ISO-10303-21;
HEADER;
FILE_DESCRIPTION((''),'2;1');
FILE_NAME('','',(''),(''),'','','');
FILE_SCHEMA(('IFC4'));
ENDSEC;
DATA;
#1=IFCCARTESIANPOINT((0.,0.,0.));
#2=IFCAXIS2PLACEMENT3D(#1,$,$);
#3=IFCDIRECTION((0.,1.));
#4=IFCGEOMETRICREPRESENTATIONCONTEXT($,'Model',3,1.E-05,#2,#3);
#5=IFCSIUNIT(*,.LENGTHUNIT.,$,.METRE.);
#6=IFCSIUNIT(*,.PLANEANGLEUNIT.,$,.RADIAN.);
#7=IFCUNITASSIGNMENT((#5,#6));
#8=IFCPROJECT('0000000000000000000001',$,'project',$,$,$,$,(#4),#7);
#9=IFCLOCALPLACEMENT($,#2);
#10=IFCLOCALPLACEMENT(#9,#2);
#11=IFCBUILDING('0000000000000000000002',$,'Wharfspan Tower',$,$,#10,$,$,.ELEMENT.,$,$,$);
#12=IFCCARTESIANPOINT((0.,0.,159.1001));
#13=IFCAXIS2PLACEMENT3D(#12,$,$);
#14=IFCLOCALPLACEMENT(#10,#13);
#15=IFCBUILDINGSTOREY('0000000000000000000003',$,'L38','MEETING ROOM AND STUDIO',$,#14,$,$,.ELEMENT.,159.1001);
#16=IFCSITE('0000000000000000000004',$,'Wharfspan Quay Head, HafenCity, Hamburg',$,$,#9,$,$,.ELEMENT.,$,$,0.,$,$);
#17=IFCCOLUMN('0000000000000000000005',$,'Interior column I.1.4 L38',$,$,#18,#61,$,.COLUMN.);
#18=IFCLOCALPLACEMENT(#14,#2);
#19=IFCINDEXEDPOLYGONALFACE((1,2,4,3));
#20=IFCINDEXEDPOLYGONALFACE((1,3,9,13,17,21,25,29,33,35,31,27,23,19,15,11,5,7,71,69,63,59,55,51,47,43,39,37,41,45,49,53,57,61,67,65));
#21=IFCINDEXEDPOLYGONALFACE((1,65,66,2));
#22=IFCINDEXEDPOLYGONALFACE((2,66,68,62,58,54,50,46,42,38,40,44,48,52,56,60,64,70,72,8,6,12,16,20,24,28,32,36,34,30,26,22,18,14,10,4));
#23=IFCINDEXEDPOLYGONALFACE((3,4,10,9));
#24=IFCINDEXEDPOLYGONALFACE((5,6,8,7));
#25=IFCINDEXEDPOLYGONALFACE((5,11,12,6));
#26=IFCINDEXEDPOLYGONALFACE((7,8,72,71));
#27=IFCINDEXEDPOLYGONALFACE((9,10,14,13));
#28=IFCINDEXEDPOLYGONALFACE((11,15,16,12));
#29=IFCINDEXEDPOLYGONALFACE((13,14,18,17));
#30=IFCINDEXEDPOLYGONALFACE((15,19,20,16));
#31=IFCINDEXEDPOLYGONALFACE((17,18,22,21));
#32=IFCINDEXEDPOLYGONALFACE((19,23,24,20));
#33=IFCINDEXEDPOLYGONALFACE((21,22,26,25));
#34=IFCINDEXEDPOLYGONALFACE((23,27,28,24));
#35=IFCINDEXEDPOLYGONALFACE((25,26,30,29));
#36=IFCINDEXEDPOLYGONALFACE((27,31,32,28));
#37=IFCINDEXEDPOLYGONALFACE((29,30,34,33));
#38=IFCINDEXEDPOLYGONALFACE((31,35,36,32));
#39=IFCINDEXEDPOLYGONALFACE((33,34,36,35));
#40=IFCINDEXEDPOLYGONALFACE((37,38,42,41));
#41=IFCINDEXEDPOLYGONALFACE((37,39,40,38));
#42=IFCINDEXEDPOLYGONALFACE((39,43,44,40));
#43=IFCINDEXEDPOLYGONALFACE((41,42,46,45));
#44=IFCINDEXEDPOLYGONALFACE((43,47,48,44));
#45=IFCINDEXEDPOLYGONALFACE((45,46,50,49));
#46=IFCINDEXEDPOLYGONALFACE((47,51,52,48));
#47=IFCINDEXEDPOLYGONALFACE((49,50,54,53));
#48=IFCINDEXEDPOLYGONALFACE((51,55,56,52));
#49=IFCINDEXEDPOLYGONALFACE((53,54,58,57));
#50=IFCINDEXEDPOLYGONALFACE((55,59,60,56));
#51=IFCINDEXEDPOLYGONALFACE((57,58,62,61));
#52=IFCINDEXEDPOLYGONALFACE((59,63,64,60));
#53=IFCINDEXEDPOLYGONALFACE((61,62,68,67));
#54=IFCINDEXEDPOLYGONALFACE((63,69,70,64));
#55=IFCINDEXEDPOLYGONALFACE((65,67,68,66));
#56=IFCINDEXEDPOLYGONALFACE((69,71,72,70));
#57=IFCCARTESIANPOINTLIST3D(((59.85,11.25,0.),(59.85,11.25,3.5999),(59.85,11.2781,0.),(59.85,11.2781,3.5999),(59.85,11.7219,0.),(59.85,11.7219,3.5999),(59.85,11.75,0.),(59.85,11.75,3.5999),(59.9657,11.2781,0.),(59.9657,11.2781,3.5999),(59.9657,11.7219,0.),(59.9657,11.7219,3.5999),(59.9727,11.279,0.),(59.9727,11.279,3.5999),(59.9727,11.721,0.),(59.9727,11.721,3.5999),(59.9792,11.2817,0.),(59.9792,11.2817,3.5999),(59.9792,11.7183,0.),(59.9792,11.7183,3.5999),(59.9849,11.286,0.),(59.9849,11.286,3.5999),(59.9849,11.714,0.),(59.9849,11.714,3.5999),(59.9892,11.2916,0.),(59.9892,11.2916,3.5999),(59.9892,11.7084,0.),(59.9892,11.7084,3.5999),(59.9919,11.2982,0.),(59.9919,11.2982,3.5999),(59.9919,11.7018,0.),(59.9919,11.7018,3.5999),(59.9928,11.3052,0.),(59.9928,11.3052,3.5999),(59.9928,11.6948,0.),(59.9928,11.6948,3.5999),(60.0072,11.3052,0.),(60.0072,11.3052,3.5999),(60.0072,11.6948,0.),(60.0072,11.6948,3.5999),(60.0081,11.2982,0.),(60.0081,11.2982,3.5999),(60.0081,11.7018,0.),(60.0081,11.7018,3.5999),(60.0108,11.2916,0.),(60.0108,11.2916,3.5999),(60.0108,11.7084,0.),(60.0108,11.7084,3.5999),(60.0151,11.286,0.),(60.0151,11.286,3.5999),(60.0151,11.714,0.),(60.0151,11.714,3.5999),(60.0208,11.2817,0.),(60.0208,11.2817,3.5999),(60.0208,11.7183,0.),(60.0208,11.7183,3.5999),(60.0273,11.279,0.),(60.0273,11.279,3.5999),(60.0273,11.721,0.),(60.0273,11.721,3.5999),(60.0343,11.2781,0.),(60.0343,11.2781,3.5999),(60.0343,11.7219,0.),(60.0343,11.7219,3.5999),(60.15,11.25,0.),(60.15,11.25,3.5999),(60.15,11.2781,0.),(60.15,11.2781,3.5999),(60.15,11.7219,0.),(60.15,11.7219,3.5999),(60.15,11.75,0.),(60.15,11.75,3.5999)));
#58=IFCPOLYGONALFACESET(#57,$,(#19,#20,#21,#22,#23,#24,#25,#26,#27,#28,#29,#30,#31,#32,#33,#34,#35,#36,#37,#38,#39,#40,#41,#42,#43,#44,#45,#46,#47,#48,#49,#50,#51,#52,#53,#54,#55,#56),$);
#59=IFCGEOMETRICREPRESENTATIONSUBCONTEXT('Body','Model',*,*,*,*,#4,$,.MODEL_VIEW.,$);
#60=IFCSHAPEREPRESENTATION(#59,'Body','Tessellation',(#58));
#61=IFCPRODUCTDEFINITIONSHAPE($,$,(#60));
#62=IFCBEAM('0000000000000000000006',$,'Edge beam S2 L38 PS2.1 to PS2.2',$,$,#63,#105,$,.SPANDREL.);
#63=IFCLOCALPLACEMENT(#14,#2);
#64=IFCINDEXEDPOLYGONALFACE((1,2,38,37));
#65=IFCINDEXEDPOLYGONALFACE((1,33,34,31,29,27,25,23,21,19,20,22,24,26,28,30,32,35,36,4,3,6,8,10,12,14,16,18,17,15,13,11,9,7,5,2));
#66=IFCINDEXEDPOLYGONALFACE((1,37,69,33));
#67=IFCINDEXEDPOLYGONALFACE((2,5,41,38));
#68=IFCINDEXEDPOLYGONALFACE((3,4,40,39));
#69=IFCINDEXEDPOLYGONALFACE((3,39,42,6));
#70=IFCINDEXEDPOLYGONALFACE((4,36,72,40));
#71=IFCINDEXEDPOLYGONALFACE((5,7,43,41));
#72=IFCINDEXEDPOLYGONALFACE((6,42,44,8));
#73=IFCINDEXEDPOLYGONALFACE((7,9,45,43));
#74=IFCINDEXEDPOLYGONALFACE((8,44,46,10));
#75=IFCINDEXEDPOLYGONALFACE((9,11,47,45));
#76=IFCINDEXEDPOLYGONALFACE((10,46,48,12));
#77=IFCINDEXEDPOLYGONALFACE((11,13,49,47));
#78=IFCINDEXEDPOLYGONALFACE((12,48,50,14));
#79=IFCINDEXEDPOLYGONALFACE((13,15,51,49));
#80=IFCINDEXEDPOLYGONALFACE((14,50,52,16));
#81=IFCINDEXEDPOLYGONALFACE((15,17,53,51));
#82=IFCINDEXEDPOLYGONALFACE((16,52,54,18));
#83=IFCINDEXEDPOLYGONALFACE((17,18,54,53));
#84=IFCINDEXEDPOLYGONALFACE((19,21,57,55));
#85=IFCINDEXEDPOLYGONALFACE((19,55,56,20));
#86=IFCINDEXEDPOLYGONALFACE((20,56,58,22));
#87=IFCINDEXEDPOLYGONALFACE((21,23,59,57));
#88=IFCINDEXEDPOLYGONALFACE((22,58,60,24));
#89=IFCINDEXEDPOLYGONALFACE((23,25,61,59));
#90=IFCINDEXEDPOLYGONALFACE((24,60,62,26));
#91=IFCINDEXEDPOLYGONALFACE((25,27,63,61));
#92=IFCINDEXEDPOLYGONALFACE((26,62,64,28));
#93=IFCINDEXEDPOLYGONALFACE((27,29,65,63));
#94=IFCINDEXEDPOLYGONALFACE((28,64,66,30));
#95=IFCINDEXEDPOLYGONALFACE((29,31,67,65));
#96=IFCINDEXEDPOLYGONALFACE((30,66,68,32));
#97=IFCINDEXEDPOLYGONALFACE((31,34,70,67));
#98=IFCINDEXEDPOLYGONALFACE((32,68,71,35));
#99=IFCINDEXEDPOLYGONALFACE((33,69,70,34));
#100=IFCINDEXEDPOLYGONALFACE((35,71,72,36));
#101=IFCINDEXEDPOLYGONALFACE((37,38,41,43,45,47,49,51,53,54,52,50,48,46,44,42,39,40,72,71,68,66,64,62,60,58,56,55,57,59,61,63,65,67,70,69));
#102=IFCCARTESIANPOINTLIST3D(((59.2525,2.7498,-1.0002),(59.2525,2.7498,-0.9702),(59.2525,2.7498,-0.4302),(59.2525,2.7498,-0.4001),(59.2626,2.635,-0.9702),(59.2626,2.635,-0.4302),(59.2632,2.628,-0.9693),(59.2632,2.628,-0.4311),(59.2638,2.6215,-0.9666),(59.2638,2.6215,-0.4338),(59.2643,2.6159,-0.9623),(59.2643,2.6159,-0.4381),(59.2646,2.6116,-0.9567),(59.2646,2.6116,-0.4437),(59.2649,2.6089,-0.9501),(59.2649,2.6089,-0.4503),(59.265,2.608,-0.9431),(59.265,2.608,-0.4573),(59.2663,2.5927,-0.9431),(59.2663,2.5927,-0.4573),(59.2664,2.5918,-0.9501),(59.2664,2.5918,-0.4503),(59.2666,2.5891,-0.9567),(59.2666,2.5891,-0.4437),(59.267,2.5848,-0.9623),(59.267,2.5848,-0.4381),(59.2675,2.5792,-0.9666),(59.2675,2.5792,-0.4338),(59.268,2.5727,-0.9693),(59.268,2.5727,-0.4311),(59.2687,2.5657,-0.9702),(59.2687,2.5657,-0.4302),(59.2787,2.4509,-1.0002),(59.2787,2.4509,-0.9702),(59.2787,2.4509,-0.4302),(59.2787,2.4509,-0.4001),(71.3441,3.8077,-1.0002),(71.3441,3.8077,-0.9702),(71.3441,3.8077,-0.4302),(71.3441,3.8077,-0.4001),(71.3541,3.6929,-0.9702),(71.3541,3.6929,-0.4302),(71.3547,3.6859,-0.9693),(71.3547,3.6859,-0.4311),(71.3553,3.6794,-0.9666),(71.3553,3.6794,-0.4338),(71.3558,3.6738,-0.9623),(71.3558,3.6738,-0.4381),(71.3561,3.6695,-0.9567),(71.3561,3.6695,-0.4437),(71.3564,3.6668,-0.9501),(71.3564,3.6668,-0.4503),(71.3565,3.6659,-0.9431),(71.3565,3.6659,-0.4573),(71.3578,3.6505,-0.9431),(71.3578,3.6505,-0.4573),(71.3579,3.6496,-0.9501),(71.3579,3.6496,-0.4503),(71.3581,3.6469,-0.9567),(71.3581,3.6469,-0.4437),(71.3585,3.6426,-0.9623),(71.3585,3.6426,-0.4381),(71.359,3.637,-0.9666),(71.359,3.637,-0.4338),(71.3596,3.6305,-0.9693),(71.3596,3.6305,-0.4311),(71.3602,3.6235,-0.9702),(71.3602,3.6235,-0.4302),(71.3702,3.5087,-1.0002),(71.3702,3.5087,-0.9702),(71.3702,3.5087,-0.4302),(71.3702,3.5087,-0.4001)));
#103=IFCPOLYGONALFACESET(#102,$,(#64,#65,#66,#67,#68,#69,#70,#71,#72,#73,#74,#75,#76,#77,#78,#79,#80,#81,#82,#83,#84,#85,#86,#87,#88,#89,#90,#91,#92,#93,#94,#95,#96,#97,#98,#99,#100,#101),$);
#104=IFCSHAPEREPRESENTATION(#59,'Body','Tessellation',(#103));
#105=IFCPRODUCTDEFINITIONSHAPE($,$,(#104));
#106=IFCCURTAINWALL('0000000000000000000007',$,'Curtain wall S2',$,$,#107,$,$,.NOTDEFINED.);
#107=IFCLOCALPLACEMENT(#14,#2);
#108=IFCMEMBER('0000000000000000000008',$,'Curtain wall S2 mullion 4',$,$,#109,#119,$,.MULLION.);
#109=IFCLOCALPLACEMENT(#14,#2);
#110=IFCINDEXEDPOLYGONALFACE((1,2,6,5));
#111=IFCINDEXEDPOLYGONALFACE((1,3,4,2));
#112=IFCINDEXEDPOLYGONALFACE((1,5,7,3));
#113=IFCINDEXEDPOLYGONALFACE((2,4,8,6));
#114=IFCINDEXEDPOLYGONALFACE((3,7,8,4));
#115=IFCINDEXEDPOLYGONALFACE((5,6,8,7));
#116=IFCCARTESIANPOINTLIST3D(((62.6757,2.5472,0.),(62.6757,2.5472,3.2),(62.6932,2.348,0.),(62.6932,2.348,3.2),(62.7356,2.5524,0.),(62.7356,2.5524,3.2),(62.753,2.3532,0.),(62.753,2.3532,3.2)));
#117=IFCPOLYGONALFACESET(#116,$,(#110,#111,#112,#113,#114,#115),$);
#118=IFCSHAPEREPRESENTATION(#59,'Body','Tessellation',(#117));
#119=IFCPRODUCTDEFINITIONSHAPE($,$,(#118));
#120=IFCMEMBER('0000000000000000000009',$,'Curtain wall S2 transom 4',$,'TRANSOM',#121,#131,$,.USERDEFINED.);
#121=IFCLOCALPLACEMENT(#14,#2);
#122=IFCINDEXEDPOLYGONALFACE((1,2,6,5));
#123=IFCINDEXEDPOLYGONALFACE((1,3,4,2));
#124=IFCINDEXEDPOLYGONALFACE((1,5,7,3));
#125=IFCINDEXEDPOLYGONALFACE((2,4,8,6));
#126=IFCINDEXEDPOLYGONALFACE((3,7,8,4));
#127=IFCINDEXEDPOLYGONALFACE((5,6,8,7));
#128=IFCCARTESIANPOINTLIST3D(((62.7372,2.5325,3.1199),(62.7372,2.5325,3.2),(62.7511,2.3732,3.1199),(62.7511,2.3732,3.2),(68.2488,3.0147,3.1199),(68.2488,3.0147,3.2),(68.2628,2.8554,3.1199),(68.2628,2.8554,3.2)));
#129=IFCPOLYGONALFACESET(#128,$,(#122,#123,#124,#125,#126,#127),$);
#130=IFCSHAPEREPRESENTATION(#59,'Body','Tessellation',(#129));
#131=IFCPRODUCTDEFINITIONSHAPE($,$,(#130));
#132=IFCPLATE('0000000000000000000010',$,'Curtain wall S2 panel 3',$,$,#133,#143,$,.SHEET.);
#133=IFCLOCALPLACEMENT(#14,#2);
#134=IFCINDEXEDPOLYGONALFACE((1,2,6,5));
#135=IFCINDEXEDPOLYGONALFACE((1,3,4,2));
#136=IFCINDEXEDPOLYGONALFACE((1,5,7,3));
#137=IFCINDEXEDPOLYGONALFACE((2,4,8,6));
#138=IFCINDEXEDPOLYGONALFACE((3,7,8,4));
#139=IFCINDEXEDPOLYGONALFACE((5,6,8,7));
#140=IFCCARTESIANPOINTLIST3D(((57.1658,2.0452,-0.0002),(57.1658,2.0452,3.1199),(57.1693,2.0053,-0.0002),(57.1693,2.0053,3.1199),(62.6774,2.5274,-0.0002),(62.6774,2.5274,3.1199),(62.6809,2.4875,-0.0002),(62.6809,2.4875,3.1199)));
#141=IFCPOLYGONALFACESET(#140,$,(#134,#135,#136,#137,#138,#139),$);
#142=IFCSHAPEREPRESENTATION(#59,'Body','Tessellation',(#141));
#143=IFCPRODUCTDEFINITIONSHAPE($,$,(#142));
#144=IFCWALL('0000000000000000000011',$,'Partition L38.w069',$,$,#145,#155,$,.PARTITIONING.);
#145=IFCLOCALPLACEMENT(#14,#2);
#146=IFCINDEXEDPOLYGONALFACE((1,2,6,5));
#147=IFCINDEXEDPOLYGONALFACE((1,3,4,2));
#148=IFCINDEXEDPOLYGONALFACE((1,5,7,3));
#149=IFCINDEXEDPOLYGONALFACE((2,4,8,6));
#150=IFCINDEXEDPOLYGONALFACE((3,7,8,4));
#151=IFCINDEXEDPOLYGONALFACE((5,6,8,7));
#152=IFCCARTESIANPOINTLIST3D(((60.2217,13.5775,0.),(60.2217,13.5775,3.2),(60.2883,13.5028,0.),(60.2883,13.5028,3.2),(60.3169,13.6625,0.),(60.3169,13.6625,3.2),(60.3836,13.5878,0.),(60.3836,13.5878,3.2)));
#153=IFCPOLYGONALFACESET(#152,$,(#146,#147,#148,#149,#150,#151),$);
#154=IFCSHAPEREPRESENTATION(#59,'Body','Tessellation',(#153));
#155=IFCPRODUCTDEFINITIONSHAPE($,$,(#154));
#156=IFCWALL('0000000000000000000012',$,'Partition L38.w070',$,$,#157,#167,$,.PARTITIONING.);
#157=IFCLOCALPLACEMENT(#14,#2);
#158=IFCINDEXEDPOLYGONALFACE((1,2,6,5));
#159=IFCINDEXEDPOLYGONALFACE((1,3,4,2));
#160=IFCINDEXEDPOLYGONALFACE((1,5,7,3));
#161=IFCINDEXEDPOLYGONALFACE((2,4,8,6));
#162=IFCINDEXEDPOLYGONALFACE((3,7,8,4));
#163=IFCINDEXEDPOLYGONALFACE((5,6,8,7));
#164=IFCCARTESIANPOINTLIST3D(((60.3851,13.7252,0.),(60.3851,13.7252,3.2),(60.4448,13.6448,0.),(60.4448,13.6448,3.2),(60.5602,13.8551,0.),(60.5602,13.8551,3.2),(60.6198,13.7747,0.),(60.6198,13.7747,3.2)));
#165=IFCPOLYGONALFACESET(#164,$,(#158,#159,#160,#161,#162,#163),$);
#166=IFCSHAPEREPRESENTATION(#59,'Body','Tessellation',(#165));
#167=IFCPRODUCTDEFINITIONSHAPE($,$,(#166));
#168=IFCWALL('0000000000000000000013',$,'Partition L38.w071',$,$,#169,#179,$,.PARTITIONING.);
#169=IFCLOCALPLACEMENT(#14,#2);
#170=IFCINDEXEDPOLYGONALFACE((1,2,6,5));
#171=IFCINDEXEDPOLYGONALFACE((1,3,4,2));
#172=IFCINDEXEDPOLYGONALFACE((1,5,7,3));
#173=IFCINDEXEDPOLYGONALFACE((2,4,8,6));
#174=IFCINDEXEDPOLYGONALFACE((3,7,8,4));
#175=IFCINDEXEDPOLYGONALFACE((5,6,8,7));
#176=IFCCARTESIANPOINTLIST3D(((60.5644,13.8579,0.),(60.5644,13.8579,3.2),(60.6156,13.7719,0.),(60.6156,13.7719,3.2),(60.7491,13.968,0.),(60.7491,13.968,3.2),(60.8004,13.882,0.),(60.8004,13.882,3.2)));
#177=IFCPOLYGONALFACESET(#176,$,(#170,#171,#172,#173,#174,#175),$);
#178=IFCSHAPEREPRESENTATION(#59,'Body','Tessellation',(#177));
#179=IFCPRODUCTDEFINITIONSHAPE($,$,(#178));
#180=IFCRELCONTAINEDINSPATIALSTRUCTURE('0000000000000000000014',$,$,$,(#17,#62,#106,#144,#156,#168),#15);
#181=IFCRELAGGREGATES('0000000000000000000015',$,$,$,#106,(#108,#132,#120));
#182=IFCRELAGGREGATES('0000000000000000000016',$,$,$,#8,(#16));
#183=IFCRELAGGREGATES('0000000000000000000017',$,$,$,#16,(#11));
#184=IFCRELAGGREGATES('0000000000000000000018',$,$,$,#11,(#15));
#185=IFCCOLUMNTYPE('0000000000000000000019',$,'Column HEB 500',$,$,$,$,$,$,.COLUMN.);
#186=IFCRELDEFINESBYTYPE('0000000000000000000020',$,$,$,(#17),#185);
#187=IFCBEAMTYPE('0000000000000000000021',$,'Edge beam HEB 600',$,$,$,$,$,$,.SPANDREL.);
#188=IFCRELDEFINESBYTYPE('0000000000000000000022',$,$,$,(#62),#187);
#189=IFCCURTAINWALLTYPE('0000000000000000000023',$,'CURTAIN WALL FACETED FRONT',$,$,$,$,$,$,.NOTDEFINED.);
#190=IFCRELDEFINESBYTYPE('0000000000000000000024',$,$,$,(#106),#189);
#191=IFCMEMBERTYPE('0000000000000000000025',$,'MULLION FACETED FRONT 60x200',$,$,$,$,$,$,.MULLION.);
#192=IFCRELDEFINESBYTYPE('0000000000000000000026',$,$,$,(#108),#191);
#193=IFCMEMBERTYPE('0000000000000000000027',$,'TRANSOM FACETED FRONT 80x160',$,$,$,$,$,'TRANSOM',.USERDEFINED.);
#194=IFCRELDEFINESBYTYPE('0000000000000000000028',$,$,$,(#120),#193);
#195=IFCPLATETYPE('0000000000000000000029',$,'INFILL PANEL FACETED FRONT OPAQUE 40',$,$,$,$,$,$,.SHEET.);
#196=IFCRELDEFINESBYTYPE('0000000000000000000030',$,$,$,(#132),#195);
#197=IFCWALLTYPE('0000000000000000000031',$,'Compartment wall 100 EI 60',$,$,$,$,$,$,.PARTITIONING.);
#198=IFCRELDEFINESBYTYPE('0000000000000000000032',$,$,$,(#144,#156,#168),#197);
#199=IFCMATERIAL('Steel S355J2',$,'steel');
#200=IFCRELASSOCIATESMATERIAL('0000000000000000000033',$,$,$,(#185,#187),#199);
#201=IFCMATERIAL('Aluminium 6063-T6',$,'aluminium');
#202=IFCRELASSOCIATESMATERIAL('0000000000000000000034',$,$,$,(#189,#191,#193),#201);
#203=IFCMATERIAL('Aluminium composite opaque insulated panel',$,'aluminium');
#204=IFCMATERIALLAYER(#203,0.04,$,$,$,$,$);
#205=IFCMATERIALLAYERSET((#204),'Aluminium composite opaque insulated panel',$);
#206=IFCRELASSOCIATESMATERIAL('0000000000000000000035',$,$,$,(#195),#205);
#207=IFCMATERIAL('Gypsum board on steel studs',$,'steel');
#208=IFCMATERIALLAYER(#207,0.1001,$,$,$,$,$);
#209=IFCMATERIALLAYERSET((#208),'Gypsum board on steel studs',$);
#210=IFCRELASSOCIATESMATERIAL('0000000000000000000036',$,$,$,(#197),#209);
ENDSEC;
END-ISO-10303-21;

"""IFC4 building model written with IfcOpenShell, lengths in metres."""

from ifc_helpers import new_model, si_unit, direction, frame, frame_2d, origin, origin_2d, place, context, subcontext, project, spatial, rectangle, i_section, extrude, material, layer, layer_set, material_profile, profile_set, type_object, element, aggregate, save


model = new_model("IFC4")

# Units and contexts
model_context = context("Model", 3, precision=1e-05, world=origin(), true_north=direction((0.0, 1.0)))
body_context = subcontext(model_context, "Body", "Model", "MODEL_VIEW")
ifc_project = project(units=[si_unit("LENGTHUNIT", "METRE"), si_unit("PLANEANGLEUNIT", "RADIAN")], contexts=[model_context])

# Site, building, storey
site_placement = place(None, origin())
site = spatial("IfcSite", under=ifc_project, at=site_placement, Name="Wharfspan Quay Head, HafenCity, Hamburg", CompositionType="ELEMENT", RefElevation=0.0)
building_placement = place(site_placement, origin())
building = spatial("IfcBuilding", under=site, at=building_placement, Name="Wharfspan Tower", CompositionType="ELEMENT")
storey_placement = place(building_placement, frame((0.0, 0.0, 159.1001)))
storey = spatial("IfcBuildingStorey", under=building, at=storey_placement, Name="L38", Description="MEETING ROOM AND STUDIO", CompositionType="ELEMENT", Elevation=159.1001)

# Column
ifc_material_1 = material(Name="Steel S355J2", Category="steel")
ifc_material_profile_1 = material_profile(ifc_material_1, i_section(OverallWidth=0.3, OverallDepth=0.5, WebThickness=0.0144, FlangeThickness=0.0281, FilletRadius=0.0271, at=origin_2d()))
ifc_profile_set_1 = profile_set([ifc_material_profile_1], Name="Steel S355J2")
column_type = type_object("IfcColumnType", Name="Column HEB 500", PredefinedType="COLUMN", material=ifc_profile_set_1)
column_placement = place(storey_placement, frame((60.0, 11.5, 0.0), z_axis=(0.0, 0.0, 1.0), x_axis=(1.0, 0.0, 0.0)))
element("IfcColumn", 1, at=column_placement, inside=storey, type_object=column_type, Name="Interior column I.1.4 L38", PredefinedType="COLUMN", context=body_context, shape_type="SweptSolid", body=[
    extrude(i_section(OverallWidth=0.3, OverallDepth=0.5, WebThickness=0.0144, FlangeThickness=0.0281, FilletRadius=0.0271, at=origin_2d()), origin(), (0.0, 0.0, 1.0), 3.5999),
])

# Beam
ifc_material_profile_2 = material_profile(ifc_material_1, i_section(OverallWidth=0.3, OverallDepth=0.6001, WebThickness=0.0154, FlangeThickness=0.03, FilletRadius=0.0271, at=origin_2d()))
ifc_profile_set_2 = profile_set([ifc_material_profile_2], Name="Steel S355J2")
beam_type = type_object("IfcBeamType", Name="Edge beam HEB 600", PredefinedType="SPANDREL", material=ifc_profile_set_2)
beam_placement = place(storey_placement, frame((59.2656, 2.6003, -0.7002), z_axis=(0.996195, 0.087155, 0.0), x_axis=(-0.087155, 0.996195, 0.0)))
element("IfcBeam", 2, at=beam_placement, inside=storey, type_object=beam_type, Name="Edge beam S2 L38 PS2.1 to PS2.2", PredefinedType="SPANDREL", context=body_context, shape_type="SweptSolid", body=[
    extrude(i_section(OverallWidth=0.3, OverallDepth=0.6001, WebThickness=0.0154, FlangeThickness=0.03, FilletRadius=0.0271, at=origin_2d()), origin(), (0.0, 0.0, 1.0), 12.1377),
])

# Curtain wall, members, plate
ifc_material_2 = material(Name="Aluminium 6063-T6", Category="aluminium")
curtain_wall_type = type_object("IfcCurtainWallType", Name="CURTAIN WALL FACETED FRONT", PredefinedType="NOTDEFINED", material=ifc_material_2)
curtain_wall_placement = place(storey_placement, origin())
curtain_wall = element("IfcCurtainWall", 3, at=curtain_wall_placement, inside=storey, type_object=curtain_wall_type, Name="Curtain wall S2", PredefinedType="NOTDEFINED")
ifc_material_profile_3 = material_profile(ifc_material_2, rectangle(XDim=0.2, YDim=0.0601, at=origin_2d()))
ifc_profile_set_3 = profile_set([ifc_material_profile_3], Name="Aluminium 6063-T6")
member_type_1 = type_object("IfcMemberType", Name="MULLION FACETED FRONT 60x200", PredefinedType="MULLION", material=ifc_profile_set_3)
member_1_placement = place(storey_placement, frame((62.7144, 2.4502, 0.0), z_axis=(0.0, 0.0, 1.0), x_axis=(-0.087156, 0.996198, 0.0)))
member_1 = element("IfcMember", 4, at=member_1_placement, type_object=member_type_1, Name="Curtain wall S2 mullion 4", PredefinedType="MULLION", context=body_context, shape_type="SweptSolid", body=[
    extrude(rectangle(XDim=0.2, YDim=0.0601, at=origin_2d()), origin(), (0.0, 0.0, 1.0), 3.2),
])
ifc_material_profile_4 = material_profile(ifc_material_2, rectangle(XDim=0.1599, YDim=0.0801, at=origin_2d()))
ifc_profile_set_4 = profile_set([ifc_material_profile_4], Name="Aluminium 6063-T6")
member_type_2 = type_object("IfcMemberType", Name="TRANSOM FACETED FRONT 80x160", ElementType="TRANSOM", PredefinedType="USERDEFINED", material=ifc_profile_set_4)
member_2_placement = place(storey_placement, frame((62.7441, 2.4529, 3.1599), z_axis=(0.996195, 0.087149, 0.0), x_axis=(-0.087149, 0.996195, 0.0)))
member_2 = element("IfcMember", 5, at=member_2_placement, type_object=member_type_2, Name="Curtain wall S2 transom 4", ObjectType="TRANSOM", PredefinedType="USERDEFINED", context=body_context, shape_type="SweptSolid", body=[
    extrude(rectangle(XDim=0.1599, YDim=0.0801, at=origin_2d()), origin(), (0.0, 0.0, 1.0), 5.5327),
])
ifc_material_3 = material(Name="Aluminium composite opaque insulated panel", Category="aluminium")
ifc_layer_1 = layer(ifc_material_3, 0.04)
ifc_layer_set_1 = layer_set([ifc_layer_1], Name="Aluminium composite opaque insulated panel")
plate_type = type_object("IfcPlateType", Name="INFILL PANEL FACETED FRONT OPAQUE 40", PredefinedType="SHEET", material=ifc_layer_set_1)
plate_placement = place(storey_placement, frame((59.9233, 2.2664, -0.0002), z_axis=(0.0, 0.0, 1.0), x_axis=(0.996198, 0.087156, 0.0)))
plate = element("IfcPlate", 6, at=plate_placement, type_object=plate_type, Name="Curtain wall S2 panel 3", PredefinedType="SHEET", context=body_context, shape_type="SweptSolid", body=[
    extrude(rectangle(XDim=5.5327, YDim=0.04, at=origin_2d()), origin(), (0.0, 0.0, 1.0), 3.1201),
])
aggregate(curtain_wall, [member_1, plate, member_2])

# Walls
ifc_material_4 = material(Name="Gypsum board on steel studs", Category="steel")
ifc_layer_2 = layer(ifc_material_4, 0.1001)
ifc_layer_set_2 = layer_set([ifc_layer_2], Name="Gypsum board on steel studs")
wall_type_1 = type_object("IfcWallType", Name="Compartment wall 100 EI 60", PredefinedType="PARTITIONING", material=ifc_layer_set_2)
wall_1_placement = place(storey_placement, frame((60.2549, 13.54, 0.0), z_axis=(0.0, 0.0, 1.0), x_axis=(0.746144, 0.66579, 0.0)))
element("IfcWall", 7, at=wall_1_placement, inside=storey, type_object=wall_type_1, Name="Partition L38.w069", PredefinedType="PARTITIONING", context=body_context, shape_type="SweptSolid", body=[
    extrude(rectangle(XDim=0.1277, YDim=0.1001, at=frame_2d((0.064, 0.0))), origin(), (0.0, 0.0, 1.0), 3.2),
])
wall_2_placement = place(storey_placement, frame((60.415, 13.6851, 0.0), z_axis=(0.0, 0.0, 1.0), x_axis=(0.803079, 0.595869, 0.0)))
element("IfcWall", 8, at=wall_2_placement, inside=storey, type_object=wall_type_1, Name="Partition L38.w070", PredefinedType="PARTITIONING", context=body_context, shape_type="SweptSolid", body=[
    extrude(rectangle(XDim=0.218, YDim=0.1001, at=frame_2d((0.1089, 0.0))), origin(), (0.0, 0.0, 1.0), 3.2),
])
wall_3_placement = place(storey_placement, frame((60.5901, 13.8149, 0.0), z_axis=(0.0, 0.0, 1.0), x_axis=(0.859091, 0.511823, 0.0)))
element("IfcWall", 9, at=wall_3_placement, inside=storey, type_object=wall_type_1, Name="Partition L38.w071", PredefinedType="PARTITIONING", context=body_context, shape_type="SweptSolid", body=[
    extrude(rectangle(XDim=0.2151, YDim=0.1001, at=frame_2d((0.1074, 0.0))), origin(), (0.0, 0.0, 1.0), 3.2),
])

save(model, "model.ifc")
